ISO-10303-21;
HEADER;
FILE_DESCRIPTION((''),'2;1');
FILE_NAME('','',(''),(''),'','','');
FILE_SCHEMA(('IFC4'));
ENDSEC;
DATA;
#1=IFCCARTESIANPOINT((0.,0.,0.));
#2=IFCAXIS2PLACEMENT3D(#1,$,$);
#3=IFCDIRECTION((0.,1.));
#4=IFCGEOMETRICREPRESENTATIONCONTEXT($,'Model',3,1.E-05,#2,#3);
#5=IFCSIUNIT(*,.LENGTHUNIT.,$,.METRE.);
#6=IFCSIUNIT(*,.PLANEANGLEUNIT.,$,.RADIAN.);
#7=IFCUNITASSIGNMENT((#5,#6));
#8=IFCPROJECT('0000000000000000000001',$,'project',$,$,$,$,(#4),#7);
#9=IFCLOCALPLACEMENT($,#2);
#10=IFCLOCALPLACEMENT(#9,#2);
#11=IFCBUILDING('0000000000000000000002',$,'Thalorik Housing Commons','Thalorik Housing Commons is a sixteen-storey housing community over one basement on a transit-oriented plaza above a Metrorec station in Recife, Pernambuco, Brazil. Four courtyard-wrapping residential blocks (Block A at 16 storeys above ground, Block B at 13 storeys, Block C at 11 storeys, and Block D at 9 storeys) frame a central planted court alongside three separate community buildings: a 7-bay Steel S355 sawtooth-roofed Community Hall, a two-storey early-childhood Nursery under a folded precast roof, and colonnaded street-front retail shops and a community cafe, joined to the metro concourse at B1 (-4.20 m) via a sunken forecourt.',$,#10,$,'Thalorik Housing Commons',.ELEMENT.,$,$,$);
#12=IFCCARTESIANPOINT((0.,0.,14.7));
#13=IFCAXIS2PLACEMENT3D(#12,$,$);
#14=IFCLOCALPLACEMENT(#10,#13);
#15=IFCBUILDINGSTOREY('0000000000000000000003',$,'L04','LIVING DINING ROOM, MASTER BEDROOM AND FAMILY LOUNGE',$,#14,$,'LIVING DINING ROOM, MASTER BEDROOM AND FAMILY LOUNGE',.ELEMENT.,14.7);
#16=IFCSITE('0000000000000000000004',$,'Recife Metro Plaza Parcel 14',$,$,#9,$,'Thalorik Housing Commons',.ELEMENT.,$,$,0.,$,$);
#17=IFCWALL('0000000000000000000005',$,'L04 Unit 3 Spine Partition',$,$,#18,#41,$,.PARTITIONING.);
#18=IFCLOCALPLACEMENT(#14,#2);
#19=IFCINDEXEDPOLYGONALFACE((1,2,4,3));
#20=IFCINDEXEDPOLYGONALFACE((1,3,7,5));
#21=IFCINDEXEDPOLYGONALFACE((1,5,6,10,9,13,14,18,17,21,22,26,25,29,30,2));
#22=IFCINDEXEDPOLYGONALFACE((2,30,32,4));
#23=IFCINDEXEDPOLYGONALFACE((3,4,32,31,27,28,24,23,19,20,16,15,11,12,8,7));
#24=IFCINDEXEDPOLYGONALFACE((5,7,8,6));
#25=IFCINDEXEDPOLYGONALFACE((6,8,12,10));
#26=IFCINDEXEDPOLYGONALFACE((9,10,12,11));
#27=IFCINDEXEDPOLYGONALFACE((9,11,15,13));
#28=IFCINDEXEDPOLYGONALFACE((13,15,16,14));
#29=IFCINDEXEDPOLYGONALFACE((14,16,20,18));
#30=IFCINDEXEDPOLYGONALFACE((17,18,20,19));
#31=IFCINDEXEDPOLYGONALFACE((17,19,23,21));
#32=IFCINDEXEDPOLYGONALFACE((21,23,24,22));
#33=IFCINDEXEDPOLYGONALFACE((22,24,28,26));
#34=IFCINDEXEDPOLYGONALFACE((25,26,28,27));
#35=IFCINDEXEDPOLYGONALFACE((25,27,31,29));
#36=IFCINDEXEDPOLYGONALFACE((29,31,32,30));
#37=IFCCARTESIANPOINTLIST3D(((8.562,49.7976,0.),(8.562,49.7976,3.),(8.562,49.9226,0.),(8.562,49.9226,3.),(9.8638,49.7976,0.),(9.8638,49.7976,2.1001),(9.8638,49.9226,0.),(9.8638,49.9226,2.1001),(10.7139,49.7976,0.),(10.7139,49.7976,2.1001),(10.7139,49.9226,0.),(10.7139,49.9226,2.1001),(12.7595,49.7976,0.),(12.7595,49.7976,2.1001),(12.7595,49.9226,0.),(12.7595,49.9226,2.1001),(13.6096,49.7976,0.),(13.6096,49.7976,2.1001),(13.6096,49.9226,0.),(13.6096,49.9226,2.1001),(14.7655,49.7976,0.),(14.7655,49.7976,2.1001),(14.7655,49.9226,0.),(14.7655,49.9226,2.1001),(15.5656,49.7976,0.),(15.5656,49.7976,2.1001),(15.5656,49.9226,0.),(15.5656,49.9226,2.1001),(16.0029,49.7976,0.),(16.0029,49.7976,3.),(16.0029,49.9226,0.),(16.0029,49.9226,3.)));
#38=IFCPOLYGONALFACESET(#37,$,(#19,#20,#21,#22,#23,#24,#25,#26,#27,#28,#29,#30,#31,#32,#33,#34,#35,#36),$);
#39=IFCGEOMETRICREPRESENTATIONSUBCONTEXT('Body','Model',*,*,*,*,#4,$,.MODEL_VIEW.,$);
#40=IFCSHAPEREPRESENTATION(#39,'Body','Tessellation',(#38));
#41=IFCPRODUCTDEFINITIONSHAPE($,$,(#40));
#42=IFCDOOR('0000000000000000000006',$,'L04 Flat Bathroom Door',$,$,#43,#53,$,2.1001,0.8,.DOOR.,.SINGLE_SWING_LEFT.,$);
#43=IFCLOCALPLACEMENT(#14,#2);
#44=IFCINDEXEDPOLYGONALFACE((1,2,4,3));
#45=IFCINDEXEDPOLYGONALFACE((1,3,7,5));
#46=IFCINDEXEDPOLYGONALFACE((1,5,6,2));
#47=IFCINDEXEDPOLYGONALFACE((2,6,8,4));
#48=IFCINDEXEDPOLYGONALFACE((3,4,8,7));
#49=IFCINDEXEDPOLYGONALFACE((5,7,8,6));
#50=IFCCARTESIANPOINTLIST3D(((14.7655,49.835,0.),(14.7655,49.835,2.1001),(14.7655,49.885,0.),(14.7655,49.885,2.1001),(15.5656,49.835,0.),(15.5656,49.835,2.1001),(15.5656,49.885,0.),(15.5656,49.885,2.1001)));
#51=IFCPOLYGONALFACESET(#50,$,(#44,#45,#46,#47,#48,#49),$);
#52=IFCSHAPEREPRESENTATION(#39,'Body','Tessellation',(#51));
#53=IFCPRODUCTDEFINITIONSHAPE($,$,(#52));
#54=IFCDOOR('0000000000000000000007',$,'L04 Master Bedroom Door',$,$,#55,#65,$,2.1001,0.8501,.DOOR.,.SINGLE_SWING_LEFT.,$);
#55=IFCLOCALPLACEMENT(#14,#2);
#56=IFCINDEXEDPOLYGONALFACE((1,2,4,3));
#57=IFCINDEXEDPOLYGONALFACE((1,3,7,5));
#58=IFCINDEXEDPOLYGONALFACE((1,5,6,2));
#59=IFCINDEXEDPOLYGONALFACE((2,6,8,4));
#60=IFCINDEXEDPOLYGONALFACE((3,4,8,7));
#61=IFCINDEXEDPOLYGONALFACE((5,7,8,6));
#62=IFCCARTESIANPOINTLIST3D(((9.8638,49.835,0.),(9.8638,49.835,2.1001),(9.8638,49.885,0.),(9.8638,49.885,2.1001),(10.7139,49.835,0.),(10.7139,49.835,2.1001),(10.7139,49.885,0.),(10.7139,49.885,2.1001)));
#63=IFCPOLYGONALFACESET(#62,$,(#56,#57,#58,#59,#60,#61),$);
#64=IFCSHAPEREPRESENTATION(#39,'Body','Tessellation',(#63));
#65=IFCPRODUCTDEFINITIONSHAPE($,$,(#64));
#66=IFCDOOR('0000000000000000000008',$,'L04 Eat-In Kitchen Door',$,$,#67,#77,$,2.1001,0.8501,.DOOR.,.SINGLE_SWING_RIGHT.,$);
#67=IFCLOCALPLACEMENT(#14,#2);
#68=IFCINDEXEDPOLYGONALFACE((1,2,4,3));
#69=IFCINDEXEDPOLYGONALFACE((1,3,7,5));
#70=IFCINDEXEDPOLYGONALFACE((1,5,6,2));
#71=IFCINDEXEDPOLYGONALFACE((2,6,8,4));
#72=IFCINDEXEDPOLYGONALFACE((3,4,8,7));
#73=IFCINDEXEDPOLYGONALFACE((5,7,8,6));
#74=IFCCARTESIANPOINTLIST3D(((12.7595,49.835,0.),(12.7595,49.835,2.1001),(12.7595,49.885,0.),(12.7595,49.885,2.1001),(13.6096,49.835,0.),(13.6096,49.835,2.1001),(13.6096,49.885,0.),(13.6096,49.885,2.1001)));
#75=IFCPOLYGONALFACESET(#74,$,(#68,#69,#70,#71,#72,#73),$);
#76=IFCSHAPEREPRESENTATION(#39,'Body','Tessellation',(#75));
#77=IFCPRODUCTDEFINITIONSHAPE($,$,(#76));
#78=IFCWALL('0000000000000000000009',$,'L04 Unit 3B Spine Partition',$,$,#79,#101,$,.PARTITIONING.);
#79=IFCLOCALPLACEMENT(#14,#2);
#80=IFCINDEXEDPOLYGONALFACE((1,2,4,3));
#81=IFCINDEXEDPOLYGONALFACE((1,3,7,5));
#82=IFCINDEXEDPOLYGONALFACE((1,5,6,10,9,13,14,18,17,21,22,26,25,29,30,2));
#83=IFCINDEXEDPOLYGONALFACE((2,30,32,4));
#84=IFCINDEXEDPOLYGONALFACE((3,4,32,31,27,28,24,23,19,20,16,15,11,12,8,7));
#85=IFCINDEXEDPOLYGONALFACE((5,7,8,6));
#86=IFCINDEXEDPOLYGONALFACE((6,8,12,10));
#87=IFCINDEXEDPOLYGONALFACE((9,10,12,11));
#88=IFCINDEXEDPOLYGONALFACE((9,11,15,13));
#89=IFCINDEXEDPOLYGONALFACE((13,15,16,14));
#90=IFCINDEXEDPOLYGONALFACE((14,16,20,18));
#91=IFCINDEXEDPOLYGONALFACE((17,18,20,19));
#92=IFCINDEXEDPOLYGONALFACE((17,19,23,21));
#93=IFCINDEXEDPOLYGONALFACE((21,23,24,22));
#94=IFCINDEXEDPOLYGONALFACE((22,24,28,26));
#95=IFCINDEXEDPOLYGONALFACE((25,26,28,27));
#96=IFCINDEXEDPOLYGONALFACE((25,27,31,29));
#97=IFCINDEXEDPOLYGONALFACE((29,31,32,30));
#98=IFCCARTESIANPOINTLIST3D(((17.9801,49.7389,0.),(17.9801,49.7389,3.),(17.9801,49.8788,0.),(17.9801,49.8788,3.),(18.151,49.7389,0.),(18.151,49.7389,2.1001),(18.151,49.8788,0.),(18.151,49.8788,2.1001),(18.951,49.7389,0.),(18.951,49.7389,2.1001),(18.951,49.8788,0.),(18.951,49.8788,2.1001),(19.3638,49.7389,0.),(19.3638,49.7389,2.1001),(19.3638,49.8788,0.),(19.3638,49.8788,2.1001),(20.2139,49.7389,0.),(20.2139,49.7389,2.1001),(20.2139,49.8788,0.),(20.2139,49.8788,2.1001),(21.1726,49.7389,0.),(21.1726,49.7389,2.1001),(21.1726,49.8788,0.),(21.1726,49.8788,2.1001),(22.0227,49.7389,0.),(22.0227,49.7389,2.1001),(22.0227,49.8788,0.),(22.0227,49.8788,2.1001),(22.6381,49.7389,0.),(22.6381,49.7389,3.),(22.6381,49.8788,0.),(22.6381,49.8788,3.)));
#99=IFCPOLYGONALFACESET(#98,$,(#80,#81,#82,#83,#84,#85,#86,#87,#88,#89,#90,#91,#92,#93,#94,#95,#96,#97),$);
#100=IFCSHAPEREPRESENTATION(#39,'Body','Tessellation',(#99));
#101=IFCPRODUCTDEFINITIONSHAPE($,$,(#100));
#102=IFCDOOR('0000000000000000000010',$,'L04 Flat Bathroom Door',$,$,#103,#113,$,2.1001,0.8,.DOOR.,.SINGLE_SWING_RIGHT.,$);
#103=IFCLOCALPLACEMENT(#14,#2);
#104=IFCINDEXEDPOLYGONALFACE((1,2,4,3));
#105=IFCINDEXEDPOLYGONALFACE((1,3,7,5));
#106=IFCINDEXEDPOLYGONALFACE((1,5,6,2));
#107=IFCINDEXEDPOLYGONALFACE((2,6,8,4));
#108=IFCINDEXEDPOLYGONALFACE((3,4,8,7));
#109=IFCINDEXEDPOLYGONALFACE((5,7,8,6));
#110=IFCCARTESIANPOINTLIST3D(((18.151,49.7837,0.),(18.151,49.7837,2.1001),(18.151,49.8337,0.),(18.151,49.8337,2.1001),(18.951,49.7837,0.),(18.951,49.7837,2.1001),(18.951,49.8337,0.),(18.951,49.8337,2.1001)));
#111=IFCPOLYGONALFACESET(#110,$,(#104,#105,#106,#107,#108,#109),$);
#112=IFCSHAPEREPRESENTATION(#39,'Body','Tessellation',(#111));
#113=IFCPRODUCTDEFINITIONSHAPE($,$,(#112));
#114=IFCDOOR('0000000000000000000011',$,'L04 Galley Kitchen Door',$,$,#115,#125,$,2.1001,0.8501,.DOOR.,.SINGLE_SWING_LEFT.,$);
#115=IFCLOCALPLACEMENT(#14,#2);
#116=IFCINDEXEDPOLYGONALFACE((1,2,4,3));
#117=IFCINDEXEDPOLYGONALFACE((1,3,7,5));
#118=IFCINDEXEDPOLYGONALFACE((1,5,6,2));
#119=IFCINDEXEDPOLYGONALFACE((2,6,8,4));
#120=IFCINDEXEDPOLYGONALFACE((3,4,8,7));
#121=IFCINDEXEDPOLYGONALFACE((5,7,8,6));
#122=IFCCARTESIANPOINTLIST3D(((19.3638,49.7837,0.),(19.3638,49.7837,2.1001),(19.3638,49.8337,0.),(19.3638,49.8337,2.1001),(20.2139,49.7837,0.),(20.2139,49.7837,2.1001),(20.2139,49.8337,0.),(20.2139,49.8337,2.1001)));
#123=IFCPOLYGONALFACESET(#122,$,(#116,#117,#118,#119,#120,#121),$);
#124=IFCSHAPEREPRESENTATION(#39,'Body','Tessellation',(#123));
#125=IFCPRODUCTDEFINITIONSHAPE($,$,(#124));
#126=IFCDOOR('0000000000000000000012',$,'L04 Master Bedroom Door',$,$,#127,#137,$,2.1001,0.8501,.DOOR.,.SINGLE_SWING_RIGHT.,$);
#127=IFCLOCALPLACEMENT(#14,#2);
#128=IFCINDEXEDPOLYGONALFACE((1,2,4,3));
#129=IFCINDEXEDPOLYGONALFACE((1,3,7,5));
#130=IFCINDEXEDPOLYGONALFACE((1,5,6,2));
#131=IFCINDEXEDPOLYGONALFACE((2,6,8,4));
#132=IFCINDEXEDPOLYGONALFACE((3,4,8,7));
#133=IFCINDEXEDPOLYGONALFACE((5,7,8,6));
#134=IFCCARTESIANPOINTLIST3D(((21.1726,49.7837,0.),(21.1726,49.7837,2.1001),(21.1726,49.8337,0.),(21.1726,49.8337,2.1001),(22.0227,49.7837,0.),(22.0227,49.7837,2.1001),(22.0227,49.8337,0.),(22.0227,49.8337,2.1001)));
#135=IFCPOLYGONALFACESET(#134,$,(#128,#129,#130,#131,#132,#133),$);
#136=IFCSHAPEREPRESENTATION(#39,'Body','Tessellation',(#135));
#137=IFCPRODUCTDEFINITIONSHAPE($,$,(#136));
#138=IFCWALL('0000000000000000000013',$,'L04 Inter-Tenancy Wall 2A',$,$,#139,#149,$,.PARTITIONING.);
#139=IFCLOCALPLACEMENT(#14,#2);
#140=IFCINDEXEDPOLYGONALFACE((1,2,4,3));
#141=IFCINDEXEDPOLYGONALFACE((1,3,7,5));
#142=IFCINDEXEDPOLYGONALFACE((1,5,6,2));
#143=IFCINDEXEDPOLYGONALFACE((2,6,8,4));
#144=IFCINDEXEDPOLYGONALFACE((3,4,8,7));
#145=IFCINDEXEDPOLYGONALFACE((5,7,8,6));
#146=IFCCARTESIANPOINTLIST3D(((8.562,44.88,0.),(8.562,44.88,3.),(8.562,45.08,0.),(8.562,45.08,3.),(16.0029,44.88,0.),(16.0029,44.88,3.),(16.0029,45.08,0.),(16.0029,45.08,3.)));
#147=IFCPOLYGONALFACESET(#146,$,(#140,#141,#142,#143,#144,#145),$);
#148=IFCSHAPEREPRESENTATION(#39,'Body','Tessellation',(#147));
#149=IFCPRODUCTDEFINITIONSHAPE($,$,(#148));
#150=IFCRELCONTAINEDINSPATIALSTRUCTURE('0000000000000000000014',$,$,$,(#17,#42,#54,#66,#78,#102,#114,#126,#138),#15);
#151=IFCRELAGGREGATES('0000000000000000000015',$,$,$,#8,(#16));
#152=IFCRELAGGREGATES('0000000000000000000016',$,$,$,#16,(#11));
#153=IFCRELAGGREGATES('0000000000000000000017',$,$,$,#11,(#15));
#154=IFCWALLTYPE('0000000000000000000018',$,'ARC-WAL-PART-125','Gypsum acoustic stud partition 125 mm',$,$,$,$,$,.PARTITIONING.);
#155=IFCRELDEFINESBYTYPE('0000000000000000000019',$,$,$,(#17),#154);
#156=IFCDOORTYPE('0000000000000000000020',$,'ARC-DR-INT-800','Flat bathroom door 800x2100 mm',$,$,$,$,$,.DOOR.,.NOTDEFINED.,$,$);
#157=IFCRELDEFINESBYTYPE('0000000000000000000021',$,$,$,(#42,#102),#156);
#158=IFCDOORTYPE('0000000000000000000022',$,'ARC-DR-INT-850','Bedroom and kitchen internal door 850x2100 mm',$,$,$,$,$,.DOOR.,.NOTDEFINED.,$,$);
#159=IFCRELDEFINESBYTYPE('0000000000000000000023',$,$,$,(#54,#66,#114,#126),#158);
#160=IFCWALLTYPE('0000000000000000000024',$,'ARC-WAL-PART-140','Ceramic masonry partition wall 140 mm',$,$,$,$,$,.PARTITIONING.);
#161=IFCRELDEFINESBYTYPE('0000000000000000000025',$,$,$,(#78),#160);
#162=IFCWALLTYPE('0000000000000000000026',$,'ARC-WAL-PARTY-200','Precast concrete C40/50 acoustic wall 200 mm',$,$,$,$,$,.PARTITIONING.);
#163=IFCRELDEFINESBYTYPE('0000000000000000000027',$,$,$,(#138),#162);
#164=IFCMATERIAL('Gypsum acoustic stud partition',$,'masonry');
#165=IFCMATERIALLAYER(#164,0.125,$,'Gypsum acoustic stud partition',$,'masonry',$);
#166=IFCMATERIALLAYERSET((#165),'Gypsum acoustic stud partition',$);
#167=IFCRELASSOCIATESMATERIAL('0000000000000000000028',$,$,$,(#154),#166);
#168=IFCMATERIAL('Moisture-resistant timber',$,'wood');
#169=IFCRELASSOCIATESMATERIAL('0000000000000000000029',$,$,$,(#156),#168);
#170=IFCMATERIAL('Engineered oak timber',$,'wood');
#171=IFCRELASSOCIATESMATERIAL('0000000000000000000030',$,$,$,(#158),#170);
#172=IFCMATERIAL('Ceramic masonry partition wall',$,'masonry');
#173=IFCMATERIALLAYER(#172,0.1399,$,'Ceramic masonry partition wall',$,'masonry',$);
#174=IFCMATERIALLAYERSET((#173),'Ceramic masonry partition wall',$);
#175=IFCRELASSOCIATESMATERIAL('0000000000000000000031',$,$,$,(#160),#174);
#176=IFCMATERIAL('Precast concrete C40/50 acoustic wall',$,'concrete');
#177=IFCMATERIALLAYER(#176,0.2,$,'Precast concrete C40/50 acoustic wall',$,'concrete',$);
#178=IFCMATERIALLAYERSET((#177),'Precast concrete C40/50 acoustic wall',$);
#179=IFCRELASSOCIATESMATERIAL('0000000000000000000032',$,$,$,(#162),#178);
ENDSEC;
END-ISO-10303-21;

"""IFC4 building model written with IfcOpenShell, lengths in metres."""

from ifc_helpers import new_model, si_unit, direction, frame, frame_2d, origin, place, context, subcontext, project, spatial, rectangle, extrude, material, layer, layer_set, type_object, element, fill, save


model = new_model("IFC4")

# Units and contexts
model_context = context("Model", 3, precision=1e-05, world=origin(), true_north=direction((0.0, 1.0)))
body_context = subcontext(model_context, "Body", "Model", "MODEL_VIEW")
ifc_project = project(units=[si_unit("LENGTHUNIT", "METRE"), si_unit("PLANEANGLEUNIT", "RADIAN")], contexts=[model_context])

# Site, building, storey
site_placement = place(None, origin())
site = spatial("IfcSite", under=ifc_project, at=site_placement, Name="Recife Metro Plaza Parcel 14", LongName="Thalorik Housing Commons", CompositionType="ELEMENT", RefElevation=0.0)
building_placement = place(site_placement, origin())
building = spatial("IfcBuilding", under=site, at=building_placement, Name="Thalorik Housing Commons", Description="Thalorik Housing Commons is a sixteen-storey housing community over one basement on a transit-oriented plaza above a Metrorec station in Recife, Pernambuco, Brazil. Four courtyard-wrapping residential blocks (Block A at 16 storeys above ground, Block B at 13 storeys, Block C at 11 storeys, and Block D at 9 storeys) frame a central planted court alongside three separate community buildings: a 7-bay Steel S355 sawtooth-roofed Community Hall, a two-storey early-childhood Nursery under a folded precast roof, and colonnaded street-front retail shops and a community cafe, joined to the metro concourse at B1 (-4.20 m) via a sunken forecourt.", LongName="Thalorik Housing Commons", CompositionType="ELEMENT")
storey_placement = place(building_placement, frame((0.0, 0.0, 14.7)))
storey = spatial("IfcBuildingStorey", under=building, at=storey_placement, Name="L04", Description="LIVING DINING ROOM, MASTER BEDROOM AND FAMILY LOUNGE", LongName="LIVING DINING ROOM, MASTER BEDROOM AND FAMILY LOUNGE", CompositionType="ELEMENT", Elevation=14.7)

# Walls, openings, doors
ifc_material_1 = material(Name="Gypsum acoustic stud partition", Category="masonry")
ifc_layer_1 = layer(ifc_material_1, 0.125, Name="Gypsum acoustic stud partition", Category="masonry")
ifc_layer_set_1 = layer_set([ifc_layer_1], Name="Gypsum acoustic stud partition")
wall_type_1 = type_object("IfcWallType", Name="ARC-WAL-PART-125", Description="Gypsum acoustic stud partition 125 mm", PredefinedType="PARTITIONING", material=ifc_layer_set_1)
wall_1_placement = place(storey_placement, frame((8.562, 49.8601, 0.0), z_axis=(0.0, 0.0, 1.0), x_axis=(1.0, 0.0, 0.0)))
wall_1 = element("IfcWall", 1, at=wall_1_placement, inside=storey, type_object=wall_type_1, Name="L04 Unit 3 Spine Partition", PredefinedType="PARTITIONING", context=body_context, shape_type="SweptSolid", body=[
    extrude(rectangle(XDim=7.4409, YDim=0.125, at=frame_2d((3.7205, 0.0))), origin(), (0.0, 0.0, 1.0), 3.0),
])
opening_1_placement = place(wall_1_placement, frame((1.3018, 0.0, 0.0)))
opening_1 = element("IfcOpeningElement", 2, at=opening_1_placement, cuts=wall_1, PredefinedType="OPENING", context=body_context, shape_type="SweptSolid", body=[
    extrude(rectangle(XDim=0.8501, YDim=2.1001, at=frame_2d((0.425, 1.05))), frame((0.0, 0.0725, 0.0), z_axis=(0.0, -1.0, 0.0), x_axis=(1.0, 0.0, 0.0)), (0.0, 0.0, 1.0), 0.145),
])
opening_2_placement = place(wall_1_placement, frame((4.1975, 0.0, 0.0)))
opening_2 = element("IfcOpeningElement", 3, at=opening_2_placement, cuts=wall_1, PredefinedType="OPENING", context=body_context, shape_type="SweptSolid", body=[
    extrude(rectangle(XDim=0.8501, YDim=2.1001, at=frame_2d((0.425, 1.05))), frame((0.0, 0.0725, 0.0), z_axis=(0.0, -1.0, 0.0), x_axis=(1.0, 0.0, 0.0)), (0.0, 0.0, 1.0), 0.145),
])
opening_3_placement = place(wall_1_placement, frame((6.2036, 0.0, 0.0)))
opening_3 = element("IfcOpeningElement", 4, at=opening_3_placement, cuts=wall_1, PredefinedType="OPENING", context=body_context, shape_type="SweptSolid", body=[
    extrude(rectangle(XDim=0.8, YDim=2.1001, at=frame_2d((0.3999, 1.05))), frame((0.0, 0.0725, 0.0), z_axis=(0.0, -1.0, 0.0), x_axis=(1.0, 0.0, 0.0)), (0.0, 0.0, 1.0), 0.145),
])
ifc_material_2 = material(Name="Moisture-resistant timber", Category="wood")
door_type_1 = type_object("IfcDoorType", Name="ARC-DR-INT-800", Description="Flat bathroom door 800x2100 mm", OperationType="NOTDEFINED", PredefinedType="DOOR", material=ifc_material_2)
door_1_placement = place(opening_3_placement, origin())
door_1 = element("IfcDoor", 5, at=door_1_placement, inside=storey, type_object=door_type_1, Name="L04 Flat Bathroom Door", OperationType="SINGLE_SWING_LEFT", OverallHeight=2.1001, OverallWidth=0.8, PredefinedType="DOOR", context=body_context, shape_type="SweptSolid", body=[
    extrude(rectangle(XDim=0.8, YDim=2.1001, at=frame_2d((0.3999, 1.05))), frame((0.0, 0.0249, 0.0), z_axis=(0.0, -1.0, 0.0), x_axis=(1.0, 0.0, 0.0)), (0.0, 0.0, 1.0), 0.05),
])
fill(opening_3, door_1)
ifc_material_3 = material(Name="Engineered oak timber", Category="wood")
door_type_2 = type_object("IfcDoorType", Name="ARC-DR-INT-850", Description="Bedroom and kitchen internal door 850x2100 mm", OperationType="NOTDEFINED", PredefinedType="DOOR", material=ifc_material_3)
door_2_placement = place(opening_1_placement, origin())
door_2 = element("IfcDoor", 6, at=door_2_placement, inside=storey, type_object=door_type_2, Name="L04 Master Bedroom Door", OperationType="SINGLE_SWING_LEFT", OverallHeight=2.1001, OverallWidth=0.8501, PredefinedType="DOOR", context=body_context, shape_type="SweptSolid", body=[
    extrude(rectangle(XDim=0.8501, YDim=2.1001, at=frame_2d((0.425, 1.05))), frame((0.0, 0.0249, 0.0), z_axis=(0.0, -1.0, 0.0), x_axis=(1.0, 0.0, 0.0)), (0.0, 0.0, 1.0), 0.05),
])
fill(opening_1, door_2)
door_3_placement = place(opening_2_placement, origin())
door_3 = element("IfcDoor", 7, at=door_3_placement, inside=storey, type_object=door_type_2, Name="L04 Eat-In Kitchen Door", OperationType="SINGLE_SWING_RIGHT", OverallHeight=2.1001, OverallWidth=0.8501, PredefinedType="DOOR", context=body_context, shape_type="SweptSolid", body=[
    extrude(rectangle(XDim=0.8501, YDim=2.1001, at=frame_2d((0.425, 1.05))), frame((0.0, 0.0249, 0.0), z_axis=(0.0, -1.0, 0.0), x_axis=(1.0, 0.0, 0.0)), (0.0, 0.0, 1.0), 0.05),
])
fill(opening_2, door_3)
ifc_material_4 = material(Name="Ceramic masonry partition wall", Category="masonry")
ifc_layer_2 = layer(ifc_material_4, 0.1399, Name="Ceramic masonry partition wall", Category="masonry")
ifc_layer_set_2 = layer_set([ifc_layer_2], Name="Ceramic masonry partition wall")
wall_type_2 = type_object("IfcWallType", Name="ARC-WAL-PART-140", Description="Ceramic masonry partition wall 140 mm", PredefinedType="PARTITIONING", material=ifc_layer_set_2)
wall_2_placement = place(storey_placement, frame((17.98, 49.8088, 0.0), z_axis=(0.0, 0.0, 1.0), x_axis=(1.0, 0.0, 0.0)))
wall_2 = element("IfcWall", 8, at=wall_2_placement, inside=storey, type_object=wall_type_2, Name="L04 Unit 3B Spine Partition", PredefinedType="PARTITIONING", context=body_context, shape_type="SweptSolid", body=[
    extrude(rectangle(XDim=4.658, YDim=0.1399, at=frame_2d((2.3291, 0.0))), origin(), (0.0, 0.0, 1.0), 3.0),
])
opening_4_placement = place(wall_2_placement, frame((0.1711, 0.0, 0.0)))
opening_4 = element("IfcOpeningElement", 9, at=opening_4_placement, cuts=wall_2, PredefinedType="OPENING", context=body_context, shape_type="SweptSolid", body=[
    extrude(rectangle(XDim=0.8, YDim=2.1001, at=frame_2d((0.3999, 1.05))), frame((0.0, 0.0801, 0.0), z_axis=(0.0, -1.0, 0.0), x_axis=(1.0, 0.0, 0.0)), (0.0, 0.0, 1.0), 0.1599),
])
opening_5_placement = place(wall_2_placement, frame((1.3838, 0.0, 0.0)))
opening_5 = element("IfcOpeningElement", 10, at=opening_5_placement, cuts=wall_2, PredefinedType="OPENING", context=body_context, shape_type="SweptSolid", body=[
    extrude(rectangle(XDim=0.8501, YDim=2.1001, at=frame_2d((0.425, 1.05))), frame((0.0, 0.0801, 0.0), z_axis=(0.0, -1.0, 0.0), x_axis=(1.0, 0.0, 0.0)), (0.0, 0.0, 1.0), 0.1599),
])
opening_6_placement = place(wall_2_placement, frame((3.1926, 0.0, 0.0)))
opening_6 = element("IfcOpeningElement", 11, at=opening_6_placement, cuts=wall_2, PredefinedType="OPENING", context=body_context, shape_type="SweptSolid", body=[
    extrude(rectangle(XDim=0.8501, YDim=2.1001, at=frame_2d((0.425, 1.05))), frame((0.0, 0.0801, 0.0), z_axis=(0.0, -1.0, 0.0), x_axis=(1.0, 0.0, 0.0)), (0.0, 0.0, 1.0), 0.1599),
])
door_4_placement = place(opening_4_placement, origin())
door_4 = element("IfcDoor", 12, at=door_4_placement, inside=storey, type_object=door_type_1, Name="L04 Flat Bathroom Door", OperationType="SINGLE_SWING_RIGHT", OverallHeight=2.1001, OverallWidth=0.8, PredefinedType="DOOR", context=body_context, shape_type="SweptSolid", body=[
    extrude(rectangle(XDim=0.8, YDim=2.1001, at=frame_2d((0.3999, 1.05))), frame((0.0, 0.0249, 0.0), z_axis=(0.0, -1.0, 0.0), x_axis=(1.0, 0.0, 0.0)), (0.0, 0.0, 1.0), 0.05),
])
fill(opening_4, door_4)
door_5_placement = place(opening_5_placement, origin())
door_5 = element("IfcDoor", 13, at=door_5_placement, inside=storey, type_object=door_type_2, Name="L04 Galley Kitchen Door", OperationType="SINGLE_SWING_LEFT", OverallHeight=2.1001, OverallWidth=0.8501, PredefinedType="DOOR", context=body_context, shape_type="SweptSolid", body=[
    extrude(rectangle(XDim=0.8501, YDim=2.1001, at=frame_2d((0.425, 1.05))), frame((0.0, 0.0249, 0.0), z_axis=(0.0, -1.0, 0.0), x_axis=(1.0, 0.0, 0.0)), (0.0, 0.0, 1.0), 0.05),
])
fill(opening_5, door_5)
door_6_placement = place(opening_6_placement, origin())
door_6 = element("IfcDoor", 14, at=door_6_placement, inside=storey, type_object=door_type_2, Name="L04 Master Bedroom Door", OperationType="SINGLE_SWING_RIGHT", OverallHeight=2.1001, OverallWidth=0.8501, PredefinedType="DOOR", context=body_context, shape_type="SweptSolid", body=[
    extrude(rectangle(XDim=0.8501, YDim=2.1001, at=frame_2d((0.425, 1.05))), frame((0.0, 0.0249, 0.0), z_axis=(0.0, -1.0, 0.0), x_axis=(1.0, 0.0, 0.0)), (0.0, 0.0, 1.0), 0.05),
])
fill(opening_6, door_6)

# Wall
ifc_material_5 = material(Name="Precast concrete C40/50 acoustic wall", Category="concrete")
ifc_layer_3 = layer(ifc_material_5, 0.2, Name="Precast concrete C40/50 acoustic wall", Category="concrete")
ifc_layer_set_3 = layer_set([ifc_layer_3], Name="Precast concrete C40/50 acoustic wall")
wall_type_3 = type_object("IfcWallType", Name="ARC-WAL-PARTY-200", Description="Precast concrete C40/50 acoustic wall 200 mm", PredefinedType="PARTITIONING", material=ifc_layer_set_3)
wall_3_placement = place(storey_placement, frame((8.562, 44.98, 0.0), z_axis=(0.0, 0.0, 1.0), x_axis=(1.0, 0.0, 0.0)))
element("IfcWall", 15, at=wall_3_placement, inside=storey, type_object=wall_type_3, Name="L04 Inter-Tenancy Wall 2A", PredefinedType="PARTITIONING", context=body_context, shape_type="SweptSolid", body=[
    extrude(rectangle(XDim=7.4409, YDim=0.2, at=frame_2d((3.7205, 0.0))), origin(), (0.0, 0.0, 1.0), 3.0),
])

save(model, "model.ifc")
